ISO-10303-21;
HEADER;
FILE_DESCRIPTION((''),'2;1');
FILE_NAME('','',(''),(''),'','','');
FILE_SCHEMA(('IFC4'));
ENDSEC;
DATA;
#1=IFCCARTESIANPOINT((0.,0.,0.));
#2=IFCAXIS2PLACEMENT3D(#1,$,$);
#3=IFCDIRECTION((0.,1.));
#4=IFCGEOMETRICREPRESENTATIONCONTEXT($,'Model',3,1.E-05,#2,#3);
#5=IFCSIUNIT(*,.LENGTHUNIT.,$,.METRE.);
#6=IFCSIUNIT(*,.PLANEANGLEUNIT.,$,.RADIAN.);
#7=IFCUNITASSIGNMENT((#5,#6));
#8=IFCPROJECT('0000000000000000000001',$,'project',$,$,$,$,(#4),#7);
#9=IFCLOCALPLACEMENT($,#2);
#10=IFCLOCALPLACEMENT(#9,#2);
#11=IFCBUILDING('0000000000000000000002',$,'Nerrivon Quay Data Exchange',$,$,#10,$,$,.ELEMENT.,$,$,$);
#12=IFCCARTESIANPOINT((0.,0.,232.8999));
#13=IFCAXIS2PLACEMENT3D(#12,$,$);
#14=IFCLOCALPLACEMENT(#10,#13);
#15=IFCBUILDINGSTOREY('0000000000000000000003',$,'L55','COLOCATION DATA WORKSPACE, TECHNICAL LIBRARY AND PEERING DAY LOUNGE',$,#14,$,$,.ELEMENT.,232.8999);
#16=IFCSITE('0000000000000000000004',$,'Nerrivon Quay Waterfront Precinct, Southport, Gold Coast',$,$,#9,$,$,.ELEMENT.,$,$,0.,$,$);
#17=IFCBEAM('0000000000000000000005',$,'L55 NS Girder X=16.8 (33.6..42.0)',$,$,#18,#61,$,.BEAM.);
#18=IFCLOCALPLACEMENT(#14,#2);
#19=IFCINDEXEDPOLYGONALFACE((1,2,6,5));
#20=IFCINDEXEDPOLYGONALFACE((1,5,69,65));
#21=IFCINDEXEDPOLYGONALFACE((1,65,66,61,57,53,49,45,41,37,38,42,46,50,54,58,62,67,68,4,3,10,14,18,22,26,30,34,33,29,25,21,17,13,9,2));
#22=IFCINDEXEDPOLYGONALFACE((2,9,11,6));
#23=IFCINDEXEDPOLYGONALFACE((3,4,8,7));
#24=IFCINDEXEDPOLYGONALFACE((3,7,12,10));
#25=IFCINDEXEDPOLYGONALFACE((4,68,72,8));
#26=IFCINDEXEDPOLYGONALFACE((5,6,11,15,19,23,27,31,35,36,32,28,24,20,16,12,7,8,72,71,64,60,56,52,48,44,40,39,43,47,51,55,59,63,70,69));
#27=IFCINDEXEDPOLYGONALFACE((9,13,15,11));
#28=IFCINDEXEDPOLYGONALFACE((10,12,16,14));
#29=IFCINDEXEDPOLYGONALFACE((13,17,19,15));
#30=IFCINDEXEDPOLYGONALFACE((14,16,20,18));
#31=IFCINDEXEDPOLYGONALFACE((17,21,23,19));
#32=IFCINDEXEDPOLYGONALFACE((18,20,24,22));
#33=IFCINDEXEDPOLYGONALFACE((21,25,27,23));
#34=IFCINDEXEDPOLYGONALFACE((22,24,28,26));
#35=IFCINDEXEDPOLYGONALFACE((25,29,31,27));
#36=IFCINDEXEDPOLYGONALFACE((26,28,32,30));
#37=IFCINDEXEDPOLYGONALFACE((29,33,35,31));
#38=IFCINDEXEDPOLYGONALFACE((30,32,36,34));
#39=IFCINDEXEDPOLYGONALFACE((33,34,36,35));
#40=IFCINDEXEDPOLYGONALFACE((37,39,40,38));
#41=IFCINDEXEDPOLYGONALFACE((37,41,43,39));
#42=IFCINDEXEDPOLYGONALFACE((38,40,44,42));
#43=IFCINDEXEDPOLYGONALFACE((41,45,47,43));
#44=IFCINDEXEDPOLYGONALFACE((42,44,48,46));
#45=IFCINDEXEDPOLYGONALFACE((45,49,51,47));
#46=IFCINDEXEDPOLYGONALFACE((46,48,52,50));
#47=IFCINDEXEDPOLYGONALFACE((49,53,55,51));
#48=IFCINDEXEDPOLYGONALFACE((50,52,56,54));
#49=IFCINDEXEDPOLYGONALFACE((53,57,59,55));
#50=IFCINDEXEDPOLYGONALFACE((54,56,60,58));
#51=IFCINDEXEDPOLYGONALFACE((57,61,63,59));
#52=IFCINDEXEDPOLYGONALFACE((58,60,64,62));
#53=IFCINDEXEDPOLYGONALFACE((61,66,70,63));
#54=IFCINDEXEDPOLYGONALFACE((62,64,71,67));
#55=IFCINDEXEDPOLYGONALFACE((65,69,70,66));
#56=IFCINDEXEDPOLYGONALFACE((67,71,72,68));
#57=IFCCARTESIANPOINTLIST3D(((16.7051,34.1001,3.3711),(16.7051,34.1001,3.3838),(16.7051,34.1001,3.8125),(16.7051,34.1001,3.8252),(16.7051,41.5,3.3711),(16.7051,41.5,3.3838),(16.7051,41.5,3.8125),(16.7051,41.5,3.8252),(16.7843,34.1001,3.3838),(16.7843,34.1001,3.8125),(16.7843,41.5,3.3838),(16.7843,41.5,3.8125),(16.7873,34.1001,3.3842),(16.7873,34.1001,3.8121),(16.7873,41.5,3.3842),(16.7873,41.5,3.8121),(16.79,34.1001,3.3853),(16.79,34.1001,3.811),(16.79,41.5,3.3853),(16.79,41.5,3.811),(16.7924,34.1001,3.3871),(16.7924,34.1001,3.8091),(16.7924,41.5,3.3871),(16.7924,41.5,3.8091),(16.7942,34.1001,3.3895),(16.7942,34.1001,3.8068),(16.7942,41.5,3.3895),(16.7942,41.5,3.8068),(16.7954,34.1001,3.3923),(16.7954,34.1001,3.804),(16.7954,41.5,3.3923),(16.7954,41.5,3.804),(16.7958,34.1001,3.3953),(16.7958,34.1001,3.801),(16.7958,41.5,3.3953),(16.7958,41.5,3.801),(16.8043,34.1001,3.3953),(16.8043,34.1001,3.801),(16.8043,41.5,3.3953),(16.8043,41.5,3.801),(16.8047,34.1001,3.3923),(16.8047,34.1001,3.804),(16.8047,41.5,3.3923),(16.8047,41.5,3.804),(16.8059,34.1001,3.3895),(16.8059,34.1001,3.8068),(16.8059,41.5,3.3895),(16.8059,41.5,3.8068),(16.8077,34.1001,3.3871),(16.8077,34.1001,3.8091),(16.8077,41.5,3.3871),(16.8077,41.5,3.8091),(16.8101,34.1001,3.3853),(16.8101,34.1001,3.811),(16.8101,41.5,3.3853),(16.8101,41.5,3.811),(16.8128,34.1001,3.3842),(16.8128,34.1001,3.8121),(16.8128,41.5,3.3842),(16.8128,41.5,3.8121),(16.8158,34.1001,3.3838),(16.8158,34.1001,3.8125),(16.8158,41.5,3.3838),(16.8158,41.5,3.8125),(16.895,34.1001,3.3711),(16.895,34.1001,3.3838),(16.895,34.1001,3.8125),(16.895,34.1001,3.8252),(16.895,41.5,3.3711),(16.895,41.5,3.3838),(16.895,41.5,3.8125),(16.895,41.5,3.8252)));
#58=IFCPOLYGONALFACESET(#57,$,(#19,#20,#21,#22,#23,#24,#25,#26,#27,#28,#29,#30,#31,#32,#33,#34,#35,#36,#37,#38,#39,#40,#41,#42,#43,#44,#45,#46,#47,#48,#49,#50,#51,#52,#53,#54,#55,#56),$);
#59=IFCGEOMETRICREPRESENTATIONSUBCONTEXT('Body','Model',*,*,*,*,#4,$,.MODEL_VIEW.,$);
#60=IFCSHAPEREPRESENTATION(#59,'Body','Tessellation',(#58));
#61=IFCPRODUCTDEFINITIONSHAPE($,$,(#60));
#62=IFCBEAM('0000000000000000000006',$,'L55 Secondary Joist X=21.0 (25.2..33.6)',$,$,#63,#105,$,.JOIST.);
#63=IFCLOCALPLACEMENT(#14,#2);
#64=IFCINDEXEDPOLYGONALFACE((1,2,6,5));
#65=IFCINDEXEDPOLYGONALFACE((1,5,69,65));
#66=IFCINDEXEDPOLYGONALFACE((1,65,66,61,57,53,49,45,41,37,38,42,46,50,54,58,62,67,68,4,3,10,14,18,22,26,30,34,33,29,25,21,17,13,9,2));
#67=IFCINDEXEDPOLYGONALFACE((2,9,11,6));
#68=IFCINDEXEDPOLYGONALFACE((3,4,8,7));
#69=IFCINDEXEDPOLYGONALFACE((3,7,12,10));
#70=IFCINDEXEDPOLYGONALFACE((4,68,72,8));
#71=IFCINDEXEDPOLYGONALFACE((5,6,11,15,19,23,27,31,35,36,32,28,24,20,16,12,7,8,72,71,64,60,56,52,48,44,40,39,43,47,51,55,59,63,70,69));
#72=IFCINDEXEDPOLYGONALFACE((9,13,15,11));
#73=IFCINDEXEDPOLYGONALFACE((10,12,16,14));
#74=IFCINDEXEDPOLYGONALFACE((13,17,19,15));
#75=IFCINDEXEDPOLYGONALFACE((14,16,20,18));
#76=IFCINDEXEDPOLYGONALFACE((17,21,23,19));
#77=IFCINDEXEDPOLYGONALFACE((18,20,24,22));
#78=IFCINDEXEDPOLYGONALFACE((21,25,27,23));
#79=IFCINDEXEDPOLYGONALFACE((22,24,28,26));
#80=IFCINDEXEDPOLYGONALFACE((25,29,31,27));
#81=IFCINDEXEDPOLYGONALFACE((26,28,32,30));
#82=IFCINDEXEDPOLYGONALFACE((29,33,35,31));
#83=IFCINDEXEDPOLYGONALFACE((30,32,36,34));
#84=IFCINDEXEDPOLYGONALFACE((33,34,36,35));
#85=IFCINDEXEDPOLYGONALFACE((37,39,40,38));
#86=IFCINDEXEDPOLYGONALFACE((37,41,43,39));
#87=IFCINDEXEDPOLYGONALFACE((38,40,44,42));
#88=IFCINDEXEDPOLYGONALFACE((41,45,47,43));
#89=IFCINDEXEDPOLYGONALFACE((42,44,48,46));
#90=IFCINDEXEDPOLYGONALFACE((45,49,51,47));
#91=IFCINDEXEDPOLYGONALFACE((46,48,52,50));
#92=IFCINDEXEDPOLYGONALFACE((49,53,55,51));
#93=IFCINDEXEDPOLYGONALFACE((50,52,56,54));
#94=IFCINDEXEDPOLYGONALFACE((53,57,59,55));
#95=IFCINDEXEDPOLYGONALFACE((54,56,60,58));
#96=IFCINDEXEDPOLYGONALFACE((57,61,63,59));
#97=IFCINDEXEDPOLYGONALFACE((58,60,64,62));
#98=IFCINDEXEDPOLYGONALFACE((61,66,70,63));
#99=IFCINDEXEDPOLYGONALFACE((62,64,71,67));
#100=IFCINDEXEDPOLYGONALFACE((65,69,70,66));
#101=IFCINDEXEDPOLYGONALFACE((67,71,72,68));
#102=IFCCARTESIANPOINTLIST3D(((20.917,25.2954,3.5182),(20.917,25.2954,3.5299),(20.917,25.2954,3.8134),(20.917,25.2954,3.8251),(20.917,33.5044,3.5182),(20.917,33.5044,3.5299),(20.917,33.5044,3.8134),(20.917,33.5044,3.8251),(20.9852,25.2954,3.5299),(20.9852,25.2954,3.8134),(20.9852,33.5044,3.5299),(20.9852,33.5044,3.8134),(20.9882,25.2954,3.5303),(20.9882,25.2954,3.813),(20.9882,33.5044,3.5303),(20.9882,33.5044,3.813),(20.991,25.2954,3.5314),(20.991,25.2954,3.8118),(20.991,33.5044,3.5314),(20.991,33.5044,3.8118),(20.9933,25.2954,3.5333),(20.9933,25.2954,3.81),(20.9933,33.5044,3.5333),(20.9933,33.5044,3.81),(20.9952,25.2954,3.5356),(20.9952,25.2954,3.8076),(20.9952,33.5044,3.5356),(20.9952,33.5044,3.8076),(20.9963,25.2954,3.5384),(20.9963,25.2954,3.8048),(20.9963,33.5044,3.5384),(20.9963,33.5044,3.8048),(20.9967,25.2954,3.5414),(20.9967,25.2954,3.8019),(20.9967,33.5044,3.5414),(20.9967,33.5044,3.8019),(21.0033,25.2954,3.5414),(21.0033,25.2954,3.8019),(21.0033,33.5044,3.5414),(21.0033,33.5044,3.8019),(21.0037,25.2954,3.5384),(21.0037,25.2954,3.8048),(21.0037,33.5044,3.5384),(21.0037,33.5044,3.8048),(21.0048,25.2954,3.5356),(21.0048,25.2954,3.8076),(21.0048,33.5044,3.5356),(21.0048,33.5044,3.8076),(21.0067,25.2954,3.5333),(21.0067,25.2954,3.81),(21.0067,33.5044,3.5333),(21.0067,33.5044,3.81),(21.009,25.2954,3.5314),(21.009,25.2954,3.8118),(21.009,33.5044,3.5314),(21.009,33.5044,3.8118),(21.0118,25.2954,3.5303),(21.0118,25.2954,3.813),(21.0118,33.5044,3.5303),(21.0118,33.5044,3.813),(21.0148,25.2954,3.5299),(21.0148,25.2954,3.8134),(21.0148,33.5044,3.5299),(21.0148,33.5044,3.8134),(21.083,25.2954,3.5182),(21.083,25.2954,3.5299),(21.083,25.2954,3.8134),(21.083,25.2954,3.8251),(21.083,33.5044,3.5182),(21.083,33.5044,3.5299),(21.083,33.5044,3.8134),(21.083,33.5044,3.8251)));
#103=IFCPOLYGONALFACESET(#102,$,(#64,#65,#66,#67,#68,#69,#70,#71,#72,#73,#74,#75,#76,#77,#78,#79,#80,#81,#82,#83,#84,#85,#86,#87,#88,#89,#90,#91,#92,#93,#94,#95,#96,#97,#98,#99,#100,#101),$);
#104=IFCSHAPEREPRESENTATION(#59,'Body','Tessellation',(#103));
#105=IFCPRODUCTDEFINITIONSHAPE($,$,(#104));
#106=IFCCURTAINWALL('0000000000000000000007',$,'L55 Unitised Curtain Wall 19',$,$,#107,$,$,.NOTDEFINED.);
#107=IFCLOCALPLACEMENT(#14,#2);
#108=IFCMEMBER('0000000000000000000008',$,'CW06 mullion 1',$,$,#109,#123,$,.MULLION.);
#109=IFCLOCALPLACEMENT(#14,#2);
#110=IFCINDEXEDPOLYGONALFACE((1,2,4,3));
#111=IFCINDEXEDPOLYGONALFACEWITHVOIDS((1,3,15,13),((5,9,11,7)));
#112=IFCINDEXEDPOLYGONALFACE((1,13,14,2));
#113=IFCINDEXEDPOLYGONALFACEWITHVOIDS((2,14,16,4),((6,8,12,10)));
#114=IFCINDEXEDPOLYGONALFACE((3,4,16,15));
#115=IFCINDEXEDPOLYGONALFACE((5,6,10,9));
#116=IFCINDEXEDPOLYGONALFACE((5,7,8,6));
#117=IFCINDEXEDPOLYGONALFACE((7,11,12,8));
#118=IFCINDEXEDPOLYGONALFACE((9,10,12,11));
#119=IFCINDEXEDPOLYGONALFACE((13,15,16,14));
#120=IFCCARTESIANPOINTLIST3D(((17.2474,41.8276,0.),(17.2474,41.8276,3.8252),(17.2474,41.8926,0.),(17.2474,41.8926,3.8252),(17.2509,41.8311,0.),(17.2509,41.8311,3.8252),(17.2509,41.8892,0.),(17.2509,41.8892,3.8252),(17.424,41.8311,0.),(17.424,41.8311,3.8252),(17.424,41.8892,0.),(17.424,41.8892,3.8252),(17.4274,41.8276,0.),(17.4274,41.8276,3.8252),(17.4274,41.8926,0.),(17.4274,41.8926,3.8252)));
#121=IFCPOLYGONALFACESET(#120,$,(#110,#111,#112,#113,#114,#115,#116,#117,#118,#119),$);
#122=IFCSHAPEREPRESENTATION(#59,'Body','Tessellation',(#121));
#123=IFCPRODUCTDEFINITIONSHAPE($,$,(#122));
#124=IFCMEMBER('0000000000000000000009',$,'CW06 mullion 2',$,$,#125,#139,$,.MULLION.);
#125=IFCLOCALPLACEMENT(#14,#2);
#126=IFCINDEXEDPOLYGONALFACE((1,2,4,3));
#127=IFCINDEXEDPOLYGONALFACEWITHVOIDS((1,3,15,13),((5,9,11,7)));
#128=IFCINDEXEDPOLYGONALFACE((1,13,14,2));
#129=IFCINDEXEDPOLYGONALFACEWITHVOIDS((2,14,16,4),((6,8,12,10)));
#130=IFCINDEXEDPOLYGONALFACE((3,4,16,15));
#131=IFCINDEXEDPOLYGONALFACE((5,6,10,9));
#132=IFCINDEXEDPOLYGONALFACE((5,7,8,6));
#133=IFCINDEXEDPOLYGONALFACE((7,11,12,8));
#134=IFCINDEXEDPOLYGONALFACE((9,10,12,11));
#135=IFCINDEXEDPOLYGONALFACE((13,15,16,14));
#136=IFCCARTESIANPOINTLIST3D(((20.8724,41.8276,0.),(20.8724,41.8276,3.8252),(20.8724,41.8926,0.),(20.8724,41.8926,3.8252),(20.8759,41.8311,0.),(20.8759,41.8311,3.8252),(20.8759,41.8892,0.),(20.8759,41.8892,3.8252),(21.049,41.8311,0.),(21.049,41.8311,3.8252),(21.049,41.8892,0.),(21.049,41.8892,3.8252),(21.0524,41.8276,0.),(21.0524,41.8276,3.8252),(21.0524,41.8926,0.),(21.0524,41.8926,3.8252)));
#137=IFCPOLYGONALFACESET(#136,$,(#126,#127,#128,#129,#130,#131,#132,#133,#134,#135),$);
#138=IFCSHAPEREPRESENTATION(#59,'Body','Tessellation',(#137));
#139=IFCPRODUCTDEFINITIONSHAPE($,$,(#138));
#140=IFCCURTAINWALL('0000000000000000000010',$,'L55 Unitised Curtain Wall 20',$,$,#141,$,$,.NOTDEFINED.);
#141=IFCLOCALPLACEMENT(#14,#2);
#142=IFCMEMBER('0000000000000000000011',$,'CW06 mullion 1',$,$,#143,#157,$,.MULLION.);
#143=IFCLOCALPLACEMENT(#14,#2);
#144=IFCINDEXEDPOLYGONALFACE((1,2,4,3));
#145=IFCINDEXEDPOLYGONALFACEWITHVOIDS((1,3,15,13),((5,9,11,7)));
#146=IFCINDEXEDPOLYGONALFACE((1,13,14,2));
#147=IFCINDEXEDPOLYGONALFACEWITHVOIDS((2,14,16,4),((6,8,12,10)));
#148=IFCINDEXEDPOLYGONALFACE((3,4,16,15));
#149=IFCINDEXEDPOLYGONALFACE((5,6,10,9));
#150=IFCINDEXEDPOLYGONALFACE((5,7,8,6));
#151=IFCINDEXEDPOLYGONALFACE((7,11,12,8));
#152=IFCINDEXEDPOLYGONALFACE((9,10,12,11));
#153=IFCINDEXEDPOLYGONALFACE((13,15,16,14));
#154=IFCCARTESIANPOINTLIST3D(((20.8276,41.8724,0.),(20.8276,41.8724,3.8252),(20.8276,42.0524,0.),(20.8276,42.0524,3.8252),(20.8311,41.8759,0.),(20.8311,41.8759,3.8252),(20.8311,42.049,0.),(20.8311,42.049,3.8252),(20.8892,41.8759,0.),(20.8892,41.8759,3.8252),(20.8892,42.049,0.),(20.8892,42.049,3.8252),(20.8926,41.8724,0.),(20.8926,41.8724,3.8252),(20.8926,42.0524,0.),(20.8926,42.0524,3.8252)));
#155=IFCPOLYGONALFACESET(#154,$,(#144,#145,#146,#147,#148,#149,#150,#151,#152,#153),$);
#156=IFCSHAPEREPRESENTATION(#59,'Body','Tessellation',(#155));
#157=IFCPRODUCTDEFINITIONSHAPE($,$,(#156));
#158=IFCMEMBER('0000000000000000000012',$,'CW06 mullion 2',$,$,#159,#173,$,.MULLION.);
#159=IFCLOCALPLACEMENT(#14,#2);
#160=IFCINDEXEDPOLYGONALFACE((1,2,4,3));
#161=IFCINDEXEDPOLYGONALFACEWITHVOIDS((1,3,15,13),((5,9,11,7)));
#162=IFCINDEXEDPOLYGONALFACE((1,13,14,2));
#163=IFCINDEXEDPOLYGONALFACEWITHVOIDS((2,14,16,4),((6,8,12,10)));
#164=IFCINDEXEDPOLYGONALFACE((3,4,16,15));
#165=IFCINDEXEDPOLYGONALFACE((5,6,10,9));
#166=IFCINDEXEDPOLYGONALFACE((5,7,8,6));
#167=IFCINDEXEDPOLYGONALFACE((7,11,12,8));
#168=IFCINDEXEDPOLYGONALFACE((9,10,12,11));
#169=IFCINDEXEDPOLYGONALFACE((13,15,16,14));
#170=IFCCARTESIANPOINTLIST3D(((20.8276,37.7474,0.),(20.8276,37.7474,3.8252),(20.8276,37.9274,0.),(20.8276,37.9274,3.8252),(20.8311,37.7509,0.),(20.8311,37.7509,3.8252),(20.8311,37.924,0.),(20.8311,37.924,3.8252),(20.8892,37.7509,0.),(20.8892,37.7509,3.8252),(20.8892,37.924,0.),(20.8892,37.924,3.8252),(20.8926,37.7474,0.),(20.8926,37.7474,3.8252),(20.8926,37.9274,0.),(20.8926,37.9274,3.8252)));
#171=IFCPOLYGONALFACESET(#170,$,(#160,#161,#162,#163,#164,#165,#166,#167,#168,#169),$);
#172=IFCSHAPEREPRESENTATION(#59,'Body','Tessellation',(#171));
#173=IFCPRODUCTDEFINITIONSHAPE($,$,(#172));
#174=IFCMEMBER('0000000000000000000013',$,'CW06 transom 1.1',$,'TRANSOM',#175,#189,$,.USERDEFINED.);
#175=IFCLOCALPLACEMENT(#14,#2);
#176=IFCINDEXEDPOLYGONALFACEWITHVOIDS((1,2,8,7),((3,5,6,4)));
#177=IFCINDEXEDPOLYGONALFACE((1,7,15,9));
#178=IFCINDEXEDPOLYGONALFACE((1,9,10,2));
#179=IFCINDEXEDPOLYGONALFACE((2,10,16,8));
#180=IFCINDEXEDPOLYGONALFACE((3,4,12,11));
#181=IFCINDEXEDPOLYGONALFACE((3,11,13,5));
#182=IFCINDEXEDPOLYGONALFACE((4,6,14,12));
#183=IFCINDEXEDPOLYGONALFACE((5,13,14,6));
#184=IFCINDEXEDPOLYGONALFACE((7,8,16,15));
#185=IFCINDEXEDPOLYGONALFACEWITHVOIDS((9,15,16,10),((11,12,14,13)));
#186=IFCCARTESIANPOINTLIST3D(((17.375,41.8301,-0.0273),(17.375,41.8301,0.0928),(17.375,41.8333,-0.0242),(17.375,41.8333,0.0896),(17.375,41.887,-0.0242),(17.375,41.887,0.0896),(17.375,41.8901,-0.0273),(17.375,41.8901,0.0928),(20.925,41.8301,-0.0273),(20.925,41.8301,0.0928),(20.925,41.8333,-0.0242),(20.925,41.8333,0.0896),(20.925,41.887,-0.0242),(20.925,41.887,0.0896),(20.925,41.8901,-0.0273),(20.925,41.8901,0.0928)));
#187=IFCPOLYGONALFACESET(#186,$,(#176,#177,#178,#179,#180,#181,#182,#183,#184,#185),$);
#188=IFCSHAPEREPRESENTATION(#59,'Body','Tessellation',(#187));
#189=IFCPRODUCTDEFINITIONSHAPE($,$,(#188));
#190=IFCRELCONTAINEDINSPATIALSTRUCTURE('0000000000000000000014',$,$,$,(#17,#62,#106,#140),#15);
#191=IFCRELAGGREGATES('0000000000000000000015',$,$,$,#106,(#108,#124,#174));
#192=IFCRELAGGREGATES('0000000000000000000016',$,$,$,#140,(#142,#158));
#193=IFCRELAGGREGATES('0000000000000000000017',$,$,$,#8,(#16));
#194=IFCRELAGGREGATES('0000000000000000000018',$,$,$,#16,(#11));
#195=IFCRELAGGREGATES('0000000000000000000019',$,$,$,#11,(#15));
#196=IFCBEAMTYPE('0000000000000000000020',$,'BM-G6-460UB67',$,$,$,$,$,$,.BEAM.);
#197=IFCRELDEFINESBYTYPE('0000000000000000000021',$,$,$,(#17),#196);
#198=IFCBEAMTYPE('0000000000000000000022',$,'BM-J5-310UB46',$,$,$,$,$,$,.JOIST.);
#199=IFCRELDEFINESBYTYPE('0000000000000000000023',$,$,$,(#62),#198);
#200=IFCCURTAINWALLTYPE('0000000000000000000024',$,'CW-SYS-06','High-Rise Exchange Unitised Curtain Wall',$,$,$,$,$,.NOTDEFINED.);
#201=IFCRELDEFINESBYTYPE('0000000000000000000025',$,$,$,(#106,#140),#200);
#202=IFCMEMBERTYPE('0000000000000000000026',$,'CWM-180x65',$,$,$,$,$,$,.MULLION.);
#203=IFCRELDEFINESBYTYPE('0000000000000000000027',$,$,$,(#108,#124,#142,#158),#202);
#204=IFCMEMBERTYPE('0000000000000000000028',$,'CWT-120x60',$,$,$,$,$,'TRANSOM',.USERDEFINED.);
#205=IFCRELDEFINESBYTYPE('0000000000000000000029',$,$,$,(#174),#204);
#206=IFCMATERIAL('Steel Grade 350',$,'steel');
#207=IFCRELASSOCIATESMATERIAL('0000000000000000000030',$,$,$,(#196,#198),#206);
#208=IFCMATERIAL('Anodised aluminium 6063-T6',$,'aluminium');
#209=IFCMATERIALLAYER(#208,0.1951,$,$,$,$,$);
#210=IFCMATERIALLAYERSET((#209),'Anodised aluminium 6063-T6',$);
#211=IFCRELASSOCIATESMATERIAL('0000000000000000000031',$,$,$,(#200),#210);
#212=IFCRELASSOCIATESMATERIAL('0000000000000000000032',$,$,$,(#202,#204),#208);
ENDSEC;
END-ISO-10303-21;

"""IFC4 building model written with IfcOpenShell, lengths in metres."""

from ifc_helpers import new_model, si_unit, direction, frame, origin, origin_2d, place, context, subcontext, project, spatial, hollow_rectangle, i_section, extrude, material, layer, layer_set, material_profile, profile_set, type_object, element, aggregate, save


model = new_model("IFC4")

# Units and contexts
model_context = context("Model", 3, precision=1e-05, world=origin(), true_north=direction((0.0, 1.0)))
body_context = subcontext(model_context, "Body", "Model", "MODEL_VIEW")
ifc_project = project(units=[si_unit("LENGTHUNIT", "METRE"), si_unit("PLANEANGLEUNIT", "RADIAN")], contexts=[model_context])

# Site, building, storey
site_placement = place(None, origin())
site = spatial("IfcSite", under=ifc_project, at=site_placement, Name="Nerrivon Quay Waterfront Precinct, Southport, Gold Coast", CompositionType="ELEMENT", RefElevation=0.0)
building_placement = place(site_placement, origin())
building = spatial("IfcBuilding", under=site, at=building_placement, Name="Nerrivon Quay Data Exchange", CompositionType="ELEMENT")
storey_placement = place(building_placement, frame((0.0, 0.0, 232.8999)))
storey = spatial("IfcBuildingStorey", under=building, at=storey_placement, Name="L55", Description="COLOCATION DATA WORKSPACE, TECHNICAL LIBRARY AND PEERING DAY LOUNGE", CompositionType="ELEMENT", Elevation=232.8999)

# Beams
ifc_material_1 = material(Name="Steel Grade 350", Category="steel")
ifc_material_profile_1 = material_profile(ifc_material_1, i_section(OverallWidth=0.1899, OverallDepth=0.4541, WebThickness=0.0085, FlangeThickness=0.0127, FilletRadius=0.0115, at=origin_2d()), Name="460UB67.1")
ifc_profile_set_1 = profile_set([ifc_material_profile_1], Name="Steel Grade 350")
beam_type_1 = type_object("IfcBeamType", Name="BM-G6-460UB67", PredefinedType="BEAM", material=ifc_profile_set_1)
beam_1_placement = place(storey_placement, frame((16.8, 34.1001, 3.5981), z_axis=(0.0, 1.0, 0.0), x_axis=(-1.0, 0.0, 0.0)))
element("IfcBeam", 1, at=beam_1_placement, inside=storey, type_object=beam_type_1, Name="L55 NS Girder X=16.8 (33.6..42.0)", PredefinedType="BEAM", context=body_context, shape_type="SweptSolid", body=[
    extrude(i_section(OverallWidth=0.1899, OverallDepth=0.4541, WebThickness=0.0085, FlangeThickness=0.0127, FilletRadius=0.0115, at=origin_2d()), origin(), (0.0, 0.0, 1.0), 7.3999),
])
ifc_material_profile_2 = material_profile(ifc_material_1, i_section(OverallWidth=0.166, OverallDepth=0.3069, WebThickness=0.0066, FlangeThickness=0.0117, FilletRadius=0.0115, at=origin_2d()), Name="310UB46.2")
ifc_profile_set_2 = profile_set([ifc_material_profile_2], Name="Steel Grade 350")
beam_type_2 = type_object("IfcBeamType", Name="BM-J5-310UB46", PredefinedType="JOIST", material=ifc_profile_set_2)
beam_2_placement = place(storey_placement, frame((21.0, 25.2954, 3.6716), z_axis=(0.0, 1.0, 0.0), x_axis=(-1.0, 0.0, 0.0)))
element("IfcBeam", 2, at=beam_2_placement, inside=storey, type_object=beam_type_2, Name="L55 Secondary Joist X=21.0 (25.2..33.6)", PredefinedType="JOIST", context=body_context, shape_type="SweptSolid", body=[
    extrude(i_section(OverallWidth=0.166, OverallDepth=0.3069, WebThickness=0.0066, FlangeThickness=0.0117, FilletRadius=0.0115, at=origin_2d()), origin(), (0.0, 0.0, 1.0), 8.209),
])

# Curtain walls, members
ifc_material_2 = material(Name="Anodised aluminium 6063-T6", Category="aluminium")
ifc_layer_1 = layer(ifc_material_2, 0.1951)
ifc_layer_set_1 = layer_set([ifc_layer_1], Name="Anodised aluminium 6063-T6")
curtain_wall_type = type_object("IfcCurtainWallType", Name="CW-SYS-06", Description="High-Rise Exchange Unitised Curtain Wall", PredefinedType="NOTDEFINED", material=ifc_layer_set_1)
curtain_wall_1_placement = place(storey_placement, origin())
curtain_wall_1 = element("IfcCurtainWall", 3, at=curtain_wall_1_placement, inside=storey, type_object=curtain_wall_type, Name="L55 Unitised Curtain Wall 19", PredefinedType="NOTDEFINED")
ifc_material_profile_3 = material_profile(ifc_material_2, hollow_rectangle(XDim=0.0649, YDim=0.1799, WallThickness=0.0034, at=origin_2d()), Name="ALU-MULL-180x65")
ifc_profile_set_3 = profile_set([ifc_material_profile_3], Name="Anodised aluminium 6063-T6")
member_type_1 = type_object("IfcMemberType", Name="CWM-180x65", PredefinedType="MULLION", material=ifc_profile_set_3)
member_1_placement = place(storey_placement, frame((17.3374, 41.8601, 0.0), z_axis=(0.0, 0.0, 1.0), x_axis=(0.0, 1.0, 0.0)))
member_1 = element("IfcMember", 4, at=member_1_placement, type_object=member_type_1, Name="CW06 mullion 1", PredefinedType="MULLION", context=body_context, shape_type="SweptSolid", body=[
    extrude(hollow_rectangle(XDim=0.0649, YDim=0.1799, WallThickness=0.0034, at=origin_2d()), origin(), (0.0, 0.0, 1.0), 3.8252),
])
member_2_placement = place(storey_placement, frame((20.9624, 41.8601, 0.0), z_axis=(0.0, 0.0, 1.0), x_axis=(0.0, 1.0, 0.0)))
member_2 = element("IfcMember", 5, at=member_2_placement, type_object=member_type_1, Name="CW06 mullion 2", PredefinedType="MULLION", context=body_context, shape_type="SweptSolid", body=[
    extrude(hollow_rectangle(XDim=0.0649, YDim=0.1799, WallThickness=0.0034, at=origin_2d()), origin(), (0.0, 0.0, 1.0), 3.8252),
])
curtain_wall_2_placement = place(storey_placement, origin())
curtain_wall_2 = element("IfcCurtainWall", 6, at=curtain_wall_2_placement, inside=storey, type_object=curtain_wall_type, Name="L55 Unitised Curtain Wall 20", PredefinedType="NOTDEFINED")
member_3_placement = place(storey_placement, frame((20.8601, 41.9624, 0.0), z_axis=(0.0, 0.0, 1.0), x_axis=(1.0, 0.0, 0.0)))
member_3 = element("IfcMember", 7, at=member_3_placement, type_object=member_type_1, Name="CW06 mullion 1", PredefinedType="MULLION", context=body_context, shape_type="SweptSolid", body=[
    extrude(hollow_rectangle(XDim=0.0649, YDim=0.1799, WallThickness=0.0034, at=origin_2d()), origin(), (0.0, 0.0, 1.0), 3.8252),
])
member_4_placement = place(storey_placement, frame((20.8601, 37.8374, 0.0), z_axis=(0.0, 0.0, 1.0), x_axis=(1.0, 0.0, 0.0)))
member_4 = element("IfcMember", 8, at=member_4_placement, type_object=member_type_1, Name="CW06 mullion 2", PredefinedType="MULLION", context=body_context, shape_type="SweptSolid", body=[
    extrude(hollow_rectangle(XDim=0.0649, YDim=0.1799, WallThickness=0.0034, at=origin_2d()), origin(), (0.0, 0.0, 1.0), 3.8252),
])

# Member
ifc_material_profile_4 = material_profile(ifc_material_2, hollow_rectangle(XDim=0.0601, YDim=0.1201, WallThickness=0.0032, at=origin_2d()), Name="ALU-TRAN-120x60")
ifc_profile_set_4 = profile_set([ifc_material_profile_4], Name="Anodised aluminium 6063-T6")
member_type_2 = type_object("IfcMemberType", Name="CWT-120x60", ElementType="TRANSOM", PredefinedType="USERDEFINED", material=ifc_profile_set_4)
member_5_placement = place(storey_placement, frame((17.375, 41.8601, 0.0327), z_axis=(1.0, 0.0, 0.0), x_axis=(0.0, 1.0, 0.0)))
member_5 = element("IfcMember", 9, at=member_5_placement, type_object=member_type_2, Name="CW06 transom 1.1", ObjectType="TRANSOM", PredefinedType="USERDEFINED", context=body_context, shape_type="SweptSolid", body=[
    extrude(hollow_rectangle(XDim=0.0601, YDim=0.1201, WallThickness=0.0032, at=origin_2d()), origin(), (0.0, 0.0, 1.0), 3.55),
])

aggregate(curtain_wall_1, [member_1, member_2, member_5])
aggregate(curtain_wall_2, [member_3, member_4])

save(model, "model.ifc")
